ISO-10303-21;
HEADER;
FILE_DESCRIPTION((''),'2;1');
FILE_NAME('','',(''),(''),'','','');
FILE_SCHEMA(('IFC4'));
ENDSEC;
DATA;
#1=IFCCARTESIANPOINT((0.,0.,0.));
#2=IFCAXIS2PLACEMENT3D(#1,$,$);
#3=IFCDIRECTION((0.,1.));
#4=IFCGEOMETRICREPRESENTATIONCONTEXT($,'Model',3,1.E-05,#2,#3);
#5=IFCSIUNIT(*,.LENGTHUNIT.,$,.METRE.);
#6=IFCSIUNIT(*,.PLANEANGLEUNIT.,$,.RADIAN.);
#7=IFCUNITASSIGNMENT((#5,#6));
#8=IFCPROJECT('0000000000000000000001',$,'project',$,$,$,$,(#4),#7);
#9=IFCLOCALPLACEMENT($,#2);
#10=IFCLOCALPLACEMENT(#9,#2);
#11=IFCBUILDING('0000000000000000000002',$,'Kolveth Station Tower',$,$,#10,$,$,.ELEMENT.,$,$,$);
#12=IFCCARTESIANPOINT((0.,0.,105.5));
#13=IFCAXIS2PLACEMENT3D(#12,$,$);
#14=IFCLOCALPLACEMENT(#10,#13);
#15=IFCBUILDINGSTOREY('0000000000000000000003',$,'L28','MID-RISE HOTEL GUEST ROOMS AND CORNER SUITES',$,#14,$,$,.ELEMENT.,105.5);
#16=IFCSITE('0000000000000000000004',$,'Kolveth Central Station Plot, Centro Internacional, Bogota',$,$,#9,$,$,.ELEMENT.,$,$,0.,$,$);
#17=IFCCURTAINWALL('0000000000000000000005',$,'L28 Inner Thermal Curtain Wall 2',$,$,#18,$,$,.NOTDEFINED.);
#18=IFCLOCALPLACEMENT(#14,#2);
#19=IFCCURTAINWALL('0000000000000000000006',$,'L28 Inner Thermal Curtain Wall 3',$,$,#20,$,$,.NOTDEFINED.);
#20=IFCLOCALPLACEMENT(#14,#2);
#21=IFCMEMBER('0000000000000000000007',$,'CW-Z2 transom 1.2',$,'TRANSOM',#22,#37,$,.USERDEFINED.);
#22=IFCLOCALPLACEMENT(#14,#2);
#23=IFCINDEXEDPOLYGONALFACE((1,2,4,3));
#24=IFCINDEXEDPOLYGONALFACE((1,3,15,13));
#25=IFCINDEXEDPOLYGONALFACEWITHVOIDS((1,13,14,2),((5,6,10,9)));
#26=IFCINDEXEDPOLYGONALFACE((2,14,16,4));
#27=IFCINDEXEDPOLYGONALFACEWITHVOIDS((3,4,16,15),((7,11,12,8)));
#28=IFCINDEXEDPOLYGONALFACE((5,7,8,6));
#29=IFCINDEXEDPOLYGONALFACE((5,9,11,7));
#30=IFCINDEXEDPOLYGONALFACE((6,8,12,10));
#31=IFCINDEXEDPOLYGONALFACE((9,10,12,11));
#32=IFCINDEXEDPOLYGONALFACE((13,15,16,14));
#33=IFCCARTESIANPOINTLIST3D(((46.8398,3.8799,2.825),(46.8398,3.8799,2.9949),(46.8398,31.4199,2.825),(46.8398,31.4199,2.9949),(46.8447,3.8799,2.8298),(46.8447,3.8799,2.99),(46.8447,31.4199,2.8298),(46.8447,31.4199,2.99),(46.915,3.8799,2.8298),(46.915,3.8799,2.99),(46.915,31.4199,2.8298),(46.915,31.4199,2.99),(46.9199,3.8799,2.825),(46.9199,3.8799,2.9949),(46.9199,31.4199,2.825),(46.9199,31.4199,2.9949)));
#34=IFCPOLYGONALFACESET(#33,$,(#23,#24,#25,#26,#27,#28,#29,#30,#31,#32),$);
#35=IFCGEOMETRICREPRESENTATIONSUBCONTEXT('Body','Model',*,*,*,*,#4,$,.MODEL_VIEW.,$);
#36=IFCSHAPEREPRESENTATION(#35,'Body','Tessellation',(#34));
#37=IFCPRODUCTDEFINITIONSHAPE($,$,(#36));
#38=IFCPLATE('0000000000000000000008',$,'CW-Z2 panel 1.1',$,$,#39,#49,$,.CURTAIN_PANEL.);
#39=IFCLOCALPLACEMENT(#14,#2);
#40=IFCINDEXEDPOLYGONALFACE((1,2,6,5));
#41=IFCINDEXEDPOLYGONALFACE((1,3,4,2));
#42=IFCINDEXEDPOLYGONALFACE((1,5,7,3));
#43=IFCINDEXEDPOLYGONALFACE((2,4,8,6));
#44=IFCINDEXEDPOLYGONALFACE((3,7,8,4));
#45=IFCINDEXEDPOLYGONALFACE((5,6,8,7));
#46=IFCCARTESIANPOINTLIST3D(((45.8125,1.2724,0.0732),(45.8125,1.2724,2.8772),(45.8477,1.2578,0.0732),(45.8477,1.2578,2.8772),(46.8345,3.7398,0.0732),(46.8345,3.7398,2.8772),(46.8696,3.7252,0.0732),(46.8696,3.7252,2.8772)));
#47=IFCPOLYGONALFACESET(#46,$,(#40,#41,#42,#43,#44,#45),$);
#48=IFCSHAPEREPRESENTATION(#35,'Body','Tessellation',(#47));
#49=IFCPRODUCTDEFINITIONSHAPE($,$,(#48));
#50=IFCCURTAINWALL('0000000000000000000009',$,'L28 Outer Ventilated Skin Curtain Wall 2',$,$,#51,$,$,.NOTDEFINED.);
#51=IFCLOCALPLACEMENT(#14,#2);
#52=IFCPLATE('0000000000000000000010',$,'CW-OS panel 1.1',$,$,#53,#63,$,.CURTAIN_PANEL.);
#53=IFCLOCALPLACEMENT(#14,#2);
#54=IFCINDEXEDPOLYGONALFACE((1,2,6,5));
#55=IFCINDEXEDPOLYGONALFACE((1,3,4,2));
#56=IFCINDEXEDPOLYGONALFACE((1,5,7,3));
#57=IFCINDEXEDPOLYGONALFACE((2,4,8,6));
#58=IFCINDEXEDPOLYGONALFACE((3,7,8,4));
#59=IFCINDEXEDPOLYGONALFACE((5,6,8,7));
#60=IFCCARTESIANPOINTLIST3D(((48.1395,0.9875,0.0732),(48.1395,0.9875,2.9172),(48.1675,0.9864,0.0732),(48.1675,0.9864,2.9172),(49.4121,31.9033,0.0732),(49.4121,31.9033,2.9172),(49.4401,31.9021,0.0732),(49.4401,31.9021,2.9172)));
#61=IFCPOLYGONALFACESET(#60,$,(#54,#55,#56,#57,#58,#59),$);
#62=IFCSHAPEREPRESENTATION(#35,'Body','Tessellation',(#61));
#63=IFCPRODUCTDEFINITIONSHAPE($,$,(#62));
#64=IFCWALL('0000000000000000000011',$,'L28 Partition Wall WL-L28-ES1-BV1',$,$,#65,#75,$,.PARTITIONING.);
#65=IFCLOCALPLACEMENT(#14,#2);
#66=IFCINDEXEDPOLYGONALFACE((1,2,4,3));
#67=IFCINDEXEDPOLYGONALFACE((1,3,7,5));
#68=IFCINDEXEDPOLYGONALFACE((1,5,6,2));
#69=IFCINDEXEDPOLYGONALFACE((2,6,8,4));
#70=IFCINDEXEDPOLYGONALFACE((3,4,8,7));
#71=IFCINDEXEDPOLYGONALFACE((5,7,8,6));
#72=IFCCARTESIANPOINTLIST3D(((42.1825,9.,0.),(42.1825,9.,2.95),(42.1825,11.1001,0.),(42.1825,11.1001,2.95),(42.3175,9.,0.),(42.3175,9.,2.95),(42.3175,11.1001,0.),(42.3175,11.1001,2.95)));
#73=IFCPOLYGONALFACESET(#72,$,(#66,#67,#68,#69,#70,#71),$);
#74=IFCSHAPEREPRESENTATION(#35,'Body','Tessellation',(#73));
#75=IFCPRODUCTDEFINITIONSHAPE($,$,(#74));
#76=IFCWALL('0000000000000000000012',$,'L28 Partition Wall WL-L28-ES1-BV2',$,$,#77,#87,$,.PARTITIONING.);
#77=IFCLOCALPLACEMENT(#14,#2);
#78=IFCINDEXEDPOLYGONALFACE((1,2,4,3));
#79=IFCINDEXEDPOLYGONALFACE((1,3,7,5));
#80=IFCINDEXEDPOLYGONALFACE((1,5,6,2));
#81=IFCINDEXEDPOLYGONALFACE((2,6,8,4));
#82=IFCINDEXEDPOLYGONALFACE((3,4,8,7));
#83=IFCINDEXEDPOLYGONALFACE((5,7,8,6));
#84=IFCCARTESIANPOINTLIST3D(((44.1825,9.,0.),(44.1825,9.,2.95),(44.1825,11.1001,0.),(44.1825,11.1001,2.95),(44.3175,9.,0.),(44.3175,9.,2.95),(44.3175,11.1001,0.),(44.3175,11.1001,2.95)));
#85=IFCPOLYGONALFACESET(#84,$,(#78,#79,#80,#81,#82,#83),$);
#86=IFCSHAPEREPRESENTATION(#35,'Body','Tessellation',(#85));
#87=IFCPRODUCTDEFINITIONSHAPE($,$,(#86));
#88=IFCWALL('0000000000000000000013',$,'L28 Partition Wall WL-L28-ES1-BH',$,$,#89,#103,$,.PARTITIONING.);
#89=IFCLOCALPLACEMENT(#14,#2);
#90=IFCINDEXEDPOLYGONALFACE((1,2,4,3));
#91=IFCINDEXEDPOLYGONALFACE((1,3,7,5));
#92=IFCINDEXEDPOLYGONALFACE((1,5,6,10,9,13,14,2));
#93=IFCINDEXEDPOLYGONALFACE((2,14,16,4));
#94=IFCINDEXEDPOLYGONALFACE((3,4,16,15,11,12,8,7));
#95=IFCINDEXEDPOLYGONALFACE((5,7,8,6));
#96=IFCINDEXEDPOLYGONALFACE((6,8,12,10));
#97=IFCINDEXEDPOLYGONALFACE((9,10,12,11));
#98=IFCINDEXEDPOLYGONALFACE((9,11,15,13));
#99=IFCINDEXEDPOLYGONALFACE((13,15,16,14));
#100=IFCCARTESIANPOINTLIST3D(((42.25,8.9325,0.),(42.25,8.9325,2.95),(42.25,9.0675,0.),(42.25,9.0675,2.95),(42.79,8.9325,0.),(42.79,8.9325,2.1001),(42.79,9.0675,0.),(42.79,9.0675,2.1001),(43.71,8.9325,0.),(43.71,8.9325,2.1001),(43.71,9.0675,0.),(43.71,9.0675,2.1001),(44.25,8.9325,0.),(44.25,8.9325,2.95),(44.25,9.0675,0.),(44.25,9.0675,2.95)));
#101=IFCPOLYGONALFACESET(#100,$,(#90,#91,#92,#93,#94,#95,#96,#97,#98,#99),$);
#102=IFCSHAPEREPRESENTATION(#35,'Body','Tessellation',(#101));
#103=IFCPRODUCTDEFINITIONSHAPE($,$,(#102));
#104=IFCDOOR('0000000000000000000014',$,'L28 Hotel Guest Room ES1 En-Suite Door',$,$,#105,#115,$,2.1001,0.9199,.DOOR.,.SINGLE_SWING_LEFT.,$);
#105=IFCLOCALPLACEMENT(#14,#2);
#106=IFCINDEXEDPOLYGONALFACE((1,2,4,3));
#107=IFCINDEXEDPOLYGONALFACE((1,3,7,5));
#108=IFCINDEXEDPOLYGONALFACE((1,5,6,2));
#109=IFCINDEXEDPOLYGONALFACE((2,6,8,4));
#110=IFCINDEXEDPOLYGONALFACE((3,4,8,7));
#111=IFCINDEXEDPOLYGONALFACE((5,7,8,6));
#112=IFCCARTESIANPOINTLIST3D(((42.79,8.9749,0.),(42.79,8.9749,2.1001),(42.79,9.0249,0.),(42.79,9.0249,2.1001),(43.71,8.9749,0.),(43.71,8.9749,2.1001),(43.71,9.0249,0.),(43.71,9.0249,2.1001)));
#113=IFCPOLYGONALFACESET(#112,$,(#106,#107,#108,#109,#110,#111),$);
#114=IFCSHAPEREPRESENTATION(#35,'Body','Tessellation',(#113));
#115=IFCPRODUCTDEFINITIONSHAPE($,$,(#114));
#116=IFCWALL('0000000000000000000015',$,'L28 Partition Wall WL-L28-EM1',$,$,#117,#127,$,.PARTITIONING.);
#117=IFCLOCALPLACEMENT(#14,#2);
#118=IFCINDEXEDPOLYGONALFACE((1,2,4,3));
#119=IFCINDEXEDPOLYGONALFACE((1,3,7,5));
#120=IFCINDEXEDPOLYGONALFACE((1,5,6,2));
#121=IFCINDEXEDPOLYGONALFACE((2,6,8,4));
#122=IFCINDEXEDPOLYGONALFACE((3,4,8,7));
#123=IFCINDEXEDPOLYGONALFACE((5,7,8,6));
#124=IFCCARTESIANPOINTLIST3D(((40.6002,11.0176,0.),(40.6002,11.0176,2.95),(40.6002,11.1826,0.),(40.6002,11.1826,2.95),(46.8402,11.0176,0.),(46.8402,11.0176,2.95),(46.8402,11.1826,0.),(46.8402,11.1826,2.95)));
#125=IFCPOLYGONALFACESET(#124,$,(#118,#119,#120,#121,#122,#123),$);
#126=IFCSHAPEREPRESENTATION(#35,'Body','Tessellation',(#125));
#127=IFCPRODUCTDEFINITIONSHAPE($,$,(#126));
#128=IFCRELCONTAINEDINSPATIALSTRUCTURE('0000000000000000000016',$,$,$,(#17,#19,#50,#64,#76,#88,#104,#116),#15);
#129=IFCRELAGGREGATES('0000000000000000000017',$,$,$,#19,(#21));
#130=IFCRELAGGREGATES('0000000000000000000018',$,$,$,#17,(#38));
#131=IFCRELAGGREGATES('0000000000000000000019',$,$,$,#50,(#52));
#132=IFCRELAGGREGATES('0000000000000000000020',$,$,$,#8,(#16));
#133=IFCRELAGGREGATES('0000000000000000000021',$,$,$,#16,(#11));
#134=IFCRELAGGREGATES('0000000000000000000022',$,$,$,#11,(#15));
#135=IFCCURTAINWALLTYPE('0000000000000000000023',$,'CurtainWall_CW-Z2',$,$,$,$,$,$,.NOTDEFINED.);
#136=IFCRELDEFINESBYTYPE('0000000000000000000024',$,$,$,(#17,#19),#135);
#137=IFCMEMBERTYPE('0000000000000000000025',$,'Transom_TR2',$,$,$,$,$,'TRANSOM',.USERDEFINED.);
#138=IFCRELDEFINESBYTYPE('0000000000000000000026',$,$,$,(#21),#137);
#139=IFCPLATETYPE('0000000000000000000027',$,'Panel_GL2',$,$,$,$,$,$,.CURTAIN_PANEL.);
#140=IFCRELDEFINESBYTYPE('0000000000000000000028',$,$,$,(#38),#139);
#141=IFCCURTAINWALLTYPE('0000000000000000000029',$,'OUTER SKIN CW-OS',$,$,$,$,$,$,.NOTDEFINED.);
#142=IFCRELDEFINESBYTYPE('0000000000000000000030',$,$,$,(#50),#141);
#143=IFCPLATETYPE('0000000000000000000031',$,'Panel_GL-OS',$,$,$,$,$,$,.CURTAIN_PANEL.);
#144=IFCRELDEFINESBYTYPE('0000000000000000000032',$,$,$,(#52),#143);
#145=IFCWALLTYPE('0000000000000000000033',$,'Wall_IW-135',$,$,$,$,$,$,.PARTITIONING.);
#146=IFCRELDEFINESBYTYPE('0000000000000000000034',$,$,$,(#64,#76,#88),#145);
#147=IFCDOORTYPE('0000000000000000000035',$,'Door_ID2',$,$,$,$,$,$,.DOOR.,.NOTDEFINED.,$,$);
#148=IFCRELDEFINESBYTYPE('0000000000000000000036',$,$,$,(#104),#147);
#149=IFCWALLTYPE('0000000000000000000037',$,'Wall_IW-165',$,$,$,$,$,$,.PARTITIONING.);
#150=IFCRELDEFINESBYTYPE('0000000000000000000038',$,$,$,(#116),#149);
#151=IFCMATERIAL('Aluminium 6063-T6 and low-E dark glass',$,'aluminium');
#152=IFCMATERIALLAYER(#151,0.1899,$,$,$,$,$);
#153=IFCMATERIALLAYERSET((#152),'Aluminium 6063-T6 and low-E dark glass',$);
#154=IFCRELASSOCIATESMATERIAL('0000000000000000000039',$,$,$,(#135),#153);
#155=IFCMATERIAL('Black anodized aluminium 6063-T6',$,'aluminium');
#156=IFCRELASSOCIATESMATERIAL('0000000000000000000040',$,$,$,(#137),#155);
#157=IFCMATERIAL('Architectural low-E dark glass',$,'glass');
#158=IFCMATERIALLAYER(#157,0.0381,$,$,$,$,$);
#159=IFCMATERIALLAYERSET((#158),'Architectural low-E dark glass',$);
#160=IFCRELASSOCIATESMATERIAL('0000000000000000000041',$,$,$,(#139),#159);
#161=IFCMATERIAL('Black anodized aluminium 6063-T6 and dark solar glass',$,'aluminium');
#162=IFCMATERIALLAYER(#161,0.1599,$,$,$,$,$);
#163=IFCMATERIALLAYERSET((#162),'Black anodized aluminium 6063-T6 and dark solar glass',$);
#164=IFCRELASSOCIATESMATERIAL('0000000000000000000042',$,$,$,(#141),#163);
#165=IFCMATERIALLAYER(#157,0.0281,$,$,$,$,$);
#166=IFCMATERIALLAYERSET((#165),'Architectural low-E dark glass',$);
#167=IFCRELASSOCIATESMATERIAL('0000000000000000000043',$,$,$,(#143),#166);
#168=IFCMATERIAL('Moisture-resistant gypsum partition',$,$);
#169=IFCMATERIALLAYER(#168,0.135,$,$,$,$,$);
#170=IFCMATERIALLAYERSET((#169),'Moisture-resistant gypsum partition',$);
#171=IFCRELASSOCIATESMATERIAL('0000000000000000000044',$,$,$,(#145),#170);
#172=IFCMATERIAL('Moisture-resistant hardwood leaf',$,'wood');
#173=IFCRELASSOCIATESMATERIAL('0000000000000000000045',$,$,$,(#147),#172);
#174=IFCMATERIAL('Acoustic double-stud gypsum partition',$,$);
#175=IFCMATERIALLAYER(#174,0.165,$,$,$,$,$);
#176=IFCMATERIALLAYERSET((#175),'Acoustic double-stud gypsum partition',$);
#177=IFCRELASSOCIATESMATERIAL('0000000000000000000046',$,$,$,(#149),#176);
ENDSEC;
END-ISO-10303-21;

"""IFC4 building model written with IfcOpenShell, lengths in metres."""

from ifc_helpers import new_model, si_unit, direction, frame, frame_2d, origin, origin_2d, place, context, subcontext, project, spatial, rectangle, hollow_rectangle, extrude, source, transform, mapped, material, layer, layer_set, material_profile, profile_set, type_object, element, fill, aggregate, save


model = new_model("IFC4")

# Units and contexts
model_context = context("Model", 3, precision=1e-05, world=origin(), true_north=direction((0.0, 1.0)))
body_context = subcontext(model_context, "Body", "Model", "MODEL_VIEW")
ifc_project = project(units=[si_unit("LENGTHUNIT", "METRE"), si_unit("PLANEANGLEUNIT", "RADIAN")], contexts=[model_context])

# Site, building, storey
site_placement = place(None, origin())
site = spatial("IfcSite", under=ifc_project, at=site_placement, Name="Kolveth Central Station Plot, Centro Internacional, Bogota", CompositionType="ELEMENT", RefElevation=0.0)
building_placement = place(site_placement, origin())
building = spatial("IfcBuilding", under=site, at=building_placement, Name="Kolveth Station Tower", CompositionType="ELEMENT")
storey_placement = place(building_placement, frame((0.0, 0.0, 105.5)))
storey = spatial("IfcBuildingStorey", under=building, at=storey_placement, Name="L28", Description="MID-RISE HOTEL GUEST ROOMS AND CORNER SUITES", CompositionType="ELEMENT", Elevation=105.5)

# Curtain wall
ifc_material_1 = material(Name="Aluminium 6063-T6 and low-E dark glass", Category="aluminium")
ifc_layer_1 = layer(ifc_material_1, 0.1899)
ifc_layer_set_1 = layer_set([ifc_layer_1], Name="Aluminium 6063-T6 and low-E dark glass")
curtain_wall_type_1 = type_object("IfcCurtainWallType", Name="CurtainWall_CW-Z2", PredefinedType="NOTDEFINED", material=ifc_layer_set_1)
curtain_wall_1_placement = place(storey_placement, origin())
curtain_wall_1 = element("IfcCurtainWall", 1, at=curtain_wall_1_placement, inside=storey, type_object=curtain_wall_type_1, Name="L28 Inner Thermal Curtain Wall 2", PredefinedType="NOTDEFINED")
ifc_material_2 = material(Name="Black anodized aluminium 6063-T6", Category="aluminium")

# Curtain wall
curtain_wall_2_placement = place(storey_placement, origin())
curtain_wall_2 = element("IfcCurtainWall", 2, at=curtain_wall_2_placement, inside=storey, type_object=curtain_wall_type_1, Name="L28 Inner Thermal Curtain Wall 3", PredefinedType="NOTDEFINED")

# Member
ifc_material_profile_1 = material_profile(ifc_material_2, hollow_rectangle(XDim=0.0801, YDim=0.1699, WallThickness=0.0049, at=origin_2d()), Name="ALU-80x170x5")
ifc_profile_set_1 = profile_set([ifc_material_profile_1], Name="Black anodized aluminium 6063-T6")
member_type_1 = type_object("IfcMemberType", Name="Transom_TR2", ElementType="TRANSOM", PredefinedType="USERDEFINED", material=ifc_profile_set_1)
shared_shape_1 = source(origin(), body_context, "Body", "SweptSolid", [
    extrude(hollow_rectangle(XDim=0.0801, YDim=0.1699, WallThickness=0.0049, at=origin_2d()), origin(), (0.0, 0.0, 1.0), 27.54),
])
member_1_placement = place(storey_placement, frame((46.8799, 3.8799, 2.9099), z_axis=(0.0, 1.0, 0.0), x_axis=(-1.0, 0.0, 0.0)))
member_1 = element("IfcMember", 3, at=member_1_placement, type_object=member_type_1, Name="CW-Z2 transom 1.2", ObjectType="TRANSOM", PredefinedType="USERDEFINED", context=body_context, shape_type="MappedRepresentation", body=[
    mapped(shared_shape_1, transform((0.0, 0.0, 0.0), x_axis=(1.0, 0.0, 0.0), y_axis=(0.0, 1.0, 0.0), z_axis=(0.0, 0.0, 1.0), scale=1.0)),
])
aggregate(curtain_wall_2, [member_1])

# Plate
ifc_material_3 = material(Name="Architectural low-E dark glass", Category="glass")
ifc_layer_2 = layer(ifc_material_3, 0.0381)
ifc_layer_set_2 = layer_set([ifc_layer_2], Name="Architectural low-E dark glass")
plate_type_1 = type_object("IfcPlateType", Name="Panel_GL2", PredefinedType="CURTAIN_PANEL", material=ifc_layer_set_2)
shared_shape_2 = source(origin(), body_context, "Body", "SweptSolid", [
    extrude(rectangle(XDim=2.6707, YDim=0.0381, at=origin_2d()), origin(), (0.0, 0.0, 1.0), 2.804),
])
plate_1_placement = place(storey_placement, frame((46.3411, 2.4988, 0.0732), z_axis=(0.0, 0.0, 1.0), x_axis=(0.382663, 0.923888, 0.0)))
plate_1 = element("IfcPlate", 4, at=plate_1_placement, type_object=plate_type_1, Name="CW-Z2 panel 1.1", PredefinedType="CURTAIN_PANEL", context=body_context, shape_type="MappedRepresentation", body=[
    mapped(shared_shape_2, transform((0.0, 0.0, 0.0), x_axis=(1.0, 0.0, 0.0), y_axis=(0.0, 1.0, 0.0), z_axis=(0.0, 0.0, 1.0), scale=1.0)),
])
aggregate(curtain_wall_1, [plate_1])

# Curtain wall, plate
ifc_material_4 = material(Name="Black anodized aluminium 6063-T6 and dark solar glass", Category="aluminium")
ifc_layer_3 = layer(ifc_material_4, 0.1599)
ifc_layer_set_3 = layer_set([ifc_layer_3], Name="Black anodized aluminium 6063-T6 and dark solar glass")
curtain_wall_type_2 = type_object("IfcCurtainWallType", Name="OUTER SKIN CW-OS", PredefinedType="NOTDEFINED", material=ifc_layer_set_3)
curtain_wall_3_placement = place(storey_placement, origin())
curtain_wall_3 = element("IfcCurtainWall", 5, at=curtain_wall_3_placement, inside=storey, type_object=curtain_wall_type_2, Name="L28 Outer Ventilated Skin Curtain Wall 2", PredefinedType="NOTDEFINED")
ifc_layer_4 = layer(ifc_material_3, 0.0281)
ifc_layer_set_4 = layer_set([ifc_layer_4], Name="Architectural low-E dark glass")
plate_type_2 = type_object("IfcPlateType", Name="Panel_GL-OS", PredefinedType="CURTAIN_PANEL", material=ifc_layer_set_4)
shared_shape_3 = source(origin(), body_context, "Body", "SweptSolid", [
    extrude(rectangle(XDim=30.9419, YDim=0.0281, at=origin_2d()), origin(), (0.0, 0.0, 1.0), 2.844),
])
plate_2_placement = place(storey_placement, frame((48.7898, 16.4448, 0.0732), z_axis=(0.0, 0.0, 1.0), x_axis=(0.041128, 0.999154, 0.0)))
plate_2 = element("IfcPlate", 6, at=plate_2_placement, type_object=plate_type_2, Name="CW-OS panel 1.1", PredefinedType="CURTAIN_PANEL", context=body_context, shape_type="MappedRepresentation", body=[
    mapped(shared_shape_3, transform((0.0, 0.0, 0.0), x_axis=(1.0, 0.0, 0.0), y_axis=(0.0, 1.0, 0.0), z_axis=(0.0, 0.0, 1.0), scale=1.0)),
])
aggregate(curtain_wall_3, [plate_2])

# Walls
ifc_material_5 = material(Name="Moisture-resistant gypsum partition")
ifc_layer_5 = layer(ifc_material_5, 0.135)
ifc_layer_set_5 = layer_set([ifc_layer_5], Name="Moisture-resistant gypsum partition")
wall_type_1 = type_object("IfcWallType", Name="Wall_IW-135", PredefinedType="PARTITIONING", material=ifc_layer_set_5)
for number, where, z_axis, x_axis, name in (
    (7, (42.25, 9.0, 0.0), (0.0, 0.0, 1.0), (0.0, 1.0, 0.0), "L28 Partition Wall WL-L28-ES1-BV1"),
    (8, (44.25, 9.0, 0.0), (0.0, 0.0, 1.0), (0.0, 1.0, 0.0), "L28 Partition Wall WL-L28-ES1-BV2"),
):
    element("IfcWall", number, at=place(storey_placement, frame(where, z_axis=z_axis, x_axis=x_axis)), inside=storey, type_object=wall_type_1, Name=name, PredefinedType="PARTITIONING", context=body_context, shape_type="SweptSolid", body=[
        extrude(rectangle(XDim=2.1001, YDim=0.135, at=frame_2d((1.05, 0.0))), origin(), (0.0, 0.0, 1.0), 2.95),
    ])

# Wall, opening, door
wall_1_placement = place(storey_placement, frame((42.25, 9.0, 0.0), z_axis=(0.0, 0.0, 1.0), x_axis=(1.0, 0.0, 0.0)))
wall_1 = element("IfcWall", 9, at=wall_1_placement, inside=storey, type_object=wall_type_1, Name="L28 Partition Wall WL-L28-ES1-BH", PredefinedType="PARTITIONING", context=body_context, shape_type="SweptSolid", body=[
    extrude(rectangle(XDim=2.0, YDim=0.135, at=frame_2d((1.0, 0.0))), origin(), (0.0, 0.0, 1.0), 2.95),
])
opening_placement = place(wall_1_placement, frame((0.54, 0.0, 0.0)))
opening = element("IfcOpeningElement", 10, at=opening_placement, cuts=wall_1, PredefinedType="OPENING", context=body_context, shape_type="SweptSolid", body=[
    extrude(rectangle(XDim=0.9199, YDim=2.1001, at=frame_2d((0.46, 1.05))), frame((0.0, 0.0774, 0.0), z_axis=(0.0, -1.0, 0.0), x_axis=(1.0, 0.0, 0.0)), (0.0, 0.0, 1.0), 0.155),
])
ifc_material_6 = material(Name="Moisture-resistant hardwood leaf", Category="wood")
door_type = type_object("IfcDoorType", Name="Door_ID2", OperationType="NOTDEFINED", PredefinedType="DOOR", material=ifc_material_6)
door_placement = place(opening_placement, origin())
door = element("IfcDoor", 11, at=door_placement, inside=storey, type_object=door_type, Name="L28 Hotel Guest Room ES1 En-Suite Door", OperationType="SINGLE_SWING_LEFT", OverallHeight=2.1001, OverallWidth=0.9199, PredefinedType="DOOR", context=body_context, shape_type="SweptSolid", body=[
    extrude(rectangle(XDim=0.9199, YDim=2.1001, at=frame_2d((0.46, 1.05))), frame((0.0, 0.0249, 0.0), z_axis=(0.0, -1.0, 0.0), x_axis=(1.0, 0.0, 0.0)), (0.0, 0.0, 1.0), 0.05),
])
fill(opening, door)

# Wall
ifc_material_7 = material(Name="Acoustic double-stud gypsum partition")
ifc_layer_6 = layer(ifc_material_7, 0.165)
ifc_layer_set_6 = layer_set([ifc_layer_6], Name="Acoustic double-stud gypsum partition")
wall_type_2 = type_object("IfcWallType", Name="Wall_IW-165", PredefinedType="PARTITIONING", material=ifc_layer_set_6)
wall_2_placement = place(storey_placement, frame((40.6001, 11.1001, 0.0), z_axis=(0.0, 0.0, 1.0), x_axis=(1.0, 0.0, 0.0)))
element("IfcWall", 12, at=wall_2_placement, inside=storey, type_object=wall_type_2, Name="L28 Partition Wall WL-L28-EM1", PredefinedType="PARTITIONING", context=body_context, shape_type="SweptSolid", body=[
    extrude(rectangle(XDim=6.24, YDim=0.165, at=frame_2d((3.1201, 0.0))), origin(), (0.0, 0.0, 1.0), 2.95),
])

save(model, "model.ifc")
